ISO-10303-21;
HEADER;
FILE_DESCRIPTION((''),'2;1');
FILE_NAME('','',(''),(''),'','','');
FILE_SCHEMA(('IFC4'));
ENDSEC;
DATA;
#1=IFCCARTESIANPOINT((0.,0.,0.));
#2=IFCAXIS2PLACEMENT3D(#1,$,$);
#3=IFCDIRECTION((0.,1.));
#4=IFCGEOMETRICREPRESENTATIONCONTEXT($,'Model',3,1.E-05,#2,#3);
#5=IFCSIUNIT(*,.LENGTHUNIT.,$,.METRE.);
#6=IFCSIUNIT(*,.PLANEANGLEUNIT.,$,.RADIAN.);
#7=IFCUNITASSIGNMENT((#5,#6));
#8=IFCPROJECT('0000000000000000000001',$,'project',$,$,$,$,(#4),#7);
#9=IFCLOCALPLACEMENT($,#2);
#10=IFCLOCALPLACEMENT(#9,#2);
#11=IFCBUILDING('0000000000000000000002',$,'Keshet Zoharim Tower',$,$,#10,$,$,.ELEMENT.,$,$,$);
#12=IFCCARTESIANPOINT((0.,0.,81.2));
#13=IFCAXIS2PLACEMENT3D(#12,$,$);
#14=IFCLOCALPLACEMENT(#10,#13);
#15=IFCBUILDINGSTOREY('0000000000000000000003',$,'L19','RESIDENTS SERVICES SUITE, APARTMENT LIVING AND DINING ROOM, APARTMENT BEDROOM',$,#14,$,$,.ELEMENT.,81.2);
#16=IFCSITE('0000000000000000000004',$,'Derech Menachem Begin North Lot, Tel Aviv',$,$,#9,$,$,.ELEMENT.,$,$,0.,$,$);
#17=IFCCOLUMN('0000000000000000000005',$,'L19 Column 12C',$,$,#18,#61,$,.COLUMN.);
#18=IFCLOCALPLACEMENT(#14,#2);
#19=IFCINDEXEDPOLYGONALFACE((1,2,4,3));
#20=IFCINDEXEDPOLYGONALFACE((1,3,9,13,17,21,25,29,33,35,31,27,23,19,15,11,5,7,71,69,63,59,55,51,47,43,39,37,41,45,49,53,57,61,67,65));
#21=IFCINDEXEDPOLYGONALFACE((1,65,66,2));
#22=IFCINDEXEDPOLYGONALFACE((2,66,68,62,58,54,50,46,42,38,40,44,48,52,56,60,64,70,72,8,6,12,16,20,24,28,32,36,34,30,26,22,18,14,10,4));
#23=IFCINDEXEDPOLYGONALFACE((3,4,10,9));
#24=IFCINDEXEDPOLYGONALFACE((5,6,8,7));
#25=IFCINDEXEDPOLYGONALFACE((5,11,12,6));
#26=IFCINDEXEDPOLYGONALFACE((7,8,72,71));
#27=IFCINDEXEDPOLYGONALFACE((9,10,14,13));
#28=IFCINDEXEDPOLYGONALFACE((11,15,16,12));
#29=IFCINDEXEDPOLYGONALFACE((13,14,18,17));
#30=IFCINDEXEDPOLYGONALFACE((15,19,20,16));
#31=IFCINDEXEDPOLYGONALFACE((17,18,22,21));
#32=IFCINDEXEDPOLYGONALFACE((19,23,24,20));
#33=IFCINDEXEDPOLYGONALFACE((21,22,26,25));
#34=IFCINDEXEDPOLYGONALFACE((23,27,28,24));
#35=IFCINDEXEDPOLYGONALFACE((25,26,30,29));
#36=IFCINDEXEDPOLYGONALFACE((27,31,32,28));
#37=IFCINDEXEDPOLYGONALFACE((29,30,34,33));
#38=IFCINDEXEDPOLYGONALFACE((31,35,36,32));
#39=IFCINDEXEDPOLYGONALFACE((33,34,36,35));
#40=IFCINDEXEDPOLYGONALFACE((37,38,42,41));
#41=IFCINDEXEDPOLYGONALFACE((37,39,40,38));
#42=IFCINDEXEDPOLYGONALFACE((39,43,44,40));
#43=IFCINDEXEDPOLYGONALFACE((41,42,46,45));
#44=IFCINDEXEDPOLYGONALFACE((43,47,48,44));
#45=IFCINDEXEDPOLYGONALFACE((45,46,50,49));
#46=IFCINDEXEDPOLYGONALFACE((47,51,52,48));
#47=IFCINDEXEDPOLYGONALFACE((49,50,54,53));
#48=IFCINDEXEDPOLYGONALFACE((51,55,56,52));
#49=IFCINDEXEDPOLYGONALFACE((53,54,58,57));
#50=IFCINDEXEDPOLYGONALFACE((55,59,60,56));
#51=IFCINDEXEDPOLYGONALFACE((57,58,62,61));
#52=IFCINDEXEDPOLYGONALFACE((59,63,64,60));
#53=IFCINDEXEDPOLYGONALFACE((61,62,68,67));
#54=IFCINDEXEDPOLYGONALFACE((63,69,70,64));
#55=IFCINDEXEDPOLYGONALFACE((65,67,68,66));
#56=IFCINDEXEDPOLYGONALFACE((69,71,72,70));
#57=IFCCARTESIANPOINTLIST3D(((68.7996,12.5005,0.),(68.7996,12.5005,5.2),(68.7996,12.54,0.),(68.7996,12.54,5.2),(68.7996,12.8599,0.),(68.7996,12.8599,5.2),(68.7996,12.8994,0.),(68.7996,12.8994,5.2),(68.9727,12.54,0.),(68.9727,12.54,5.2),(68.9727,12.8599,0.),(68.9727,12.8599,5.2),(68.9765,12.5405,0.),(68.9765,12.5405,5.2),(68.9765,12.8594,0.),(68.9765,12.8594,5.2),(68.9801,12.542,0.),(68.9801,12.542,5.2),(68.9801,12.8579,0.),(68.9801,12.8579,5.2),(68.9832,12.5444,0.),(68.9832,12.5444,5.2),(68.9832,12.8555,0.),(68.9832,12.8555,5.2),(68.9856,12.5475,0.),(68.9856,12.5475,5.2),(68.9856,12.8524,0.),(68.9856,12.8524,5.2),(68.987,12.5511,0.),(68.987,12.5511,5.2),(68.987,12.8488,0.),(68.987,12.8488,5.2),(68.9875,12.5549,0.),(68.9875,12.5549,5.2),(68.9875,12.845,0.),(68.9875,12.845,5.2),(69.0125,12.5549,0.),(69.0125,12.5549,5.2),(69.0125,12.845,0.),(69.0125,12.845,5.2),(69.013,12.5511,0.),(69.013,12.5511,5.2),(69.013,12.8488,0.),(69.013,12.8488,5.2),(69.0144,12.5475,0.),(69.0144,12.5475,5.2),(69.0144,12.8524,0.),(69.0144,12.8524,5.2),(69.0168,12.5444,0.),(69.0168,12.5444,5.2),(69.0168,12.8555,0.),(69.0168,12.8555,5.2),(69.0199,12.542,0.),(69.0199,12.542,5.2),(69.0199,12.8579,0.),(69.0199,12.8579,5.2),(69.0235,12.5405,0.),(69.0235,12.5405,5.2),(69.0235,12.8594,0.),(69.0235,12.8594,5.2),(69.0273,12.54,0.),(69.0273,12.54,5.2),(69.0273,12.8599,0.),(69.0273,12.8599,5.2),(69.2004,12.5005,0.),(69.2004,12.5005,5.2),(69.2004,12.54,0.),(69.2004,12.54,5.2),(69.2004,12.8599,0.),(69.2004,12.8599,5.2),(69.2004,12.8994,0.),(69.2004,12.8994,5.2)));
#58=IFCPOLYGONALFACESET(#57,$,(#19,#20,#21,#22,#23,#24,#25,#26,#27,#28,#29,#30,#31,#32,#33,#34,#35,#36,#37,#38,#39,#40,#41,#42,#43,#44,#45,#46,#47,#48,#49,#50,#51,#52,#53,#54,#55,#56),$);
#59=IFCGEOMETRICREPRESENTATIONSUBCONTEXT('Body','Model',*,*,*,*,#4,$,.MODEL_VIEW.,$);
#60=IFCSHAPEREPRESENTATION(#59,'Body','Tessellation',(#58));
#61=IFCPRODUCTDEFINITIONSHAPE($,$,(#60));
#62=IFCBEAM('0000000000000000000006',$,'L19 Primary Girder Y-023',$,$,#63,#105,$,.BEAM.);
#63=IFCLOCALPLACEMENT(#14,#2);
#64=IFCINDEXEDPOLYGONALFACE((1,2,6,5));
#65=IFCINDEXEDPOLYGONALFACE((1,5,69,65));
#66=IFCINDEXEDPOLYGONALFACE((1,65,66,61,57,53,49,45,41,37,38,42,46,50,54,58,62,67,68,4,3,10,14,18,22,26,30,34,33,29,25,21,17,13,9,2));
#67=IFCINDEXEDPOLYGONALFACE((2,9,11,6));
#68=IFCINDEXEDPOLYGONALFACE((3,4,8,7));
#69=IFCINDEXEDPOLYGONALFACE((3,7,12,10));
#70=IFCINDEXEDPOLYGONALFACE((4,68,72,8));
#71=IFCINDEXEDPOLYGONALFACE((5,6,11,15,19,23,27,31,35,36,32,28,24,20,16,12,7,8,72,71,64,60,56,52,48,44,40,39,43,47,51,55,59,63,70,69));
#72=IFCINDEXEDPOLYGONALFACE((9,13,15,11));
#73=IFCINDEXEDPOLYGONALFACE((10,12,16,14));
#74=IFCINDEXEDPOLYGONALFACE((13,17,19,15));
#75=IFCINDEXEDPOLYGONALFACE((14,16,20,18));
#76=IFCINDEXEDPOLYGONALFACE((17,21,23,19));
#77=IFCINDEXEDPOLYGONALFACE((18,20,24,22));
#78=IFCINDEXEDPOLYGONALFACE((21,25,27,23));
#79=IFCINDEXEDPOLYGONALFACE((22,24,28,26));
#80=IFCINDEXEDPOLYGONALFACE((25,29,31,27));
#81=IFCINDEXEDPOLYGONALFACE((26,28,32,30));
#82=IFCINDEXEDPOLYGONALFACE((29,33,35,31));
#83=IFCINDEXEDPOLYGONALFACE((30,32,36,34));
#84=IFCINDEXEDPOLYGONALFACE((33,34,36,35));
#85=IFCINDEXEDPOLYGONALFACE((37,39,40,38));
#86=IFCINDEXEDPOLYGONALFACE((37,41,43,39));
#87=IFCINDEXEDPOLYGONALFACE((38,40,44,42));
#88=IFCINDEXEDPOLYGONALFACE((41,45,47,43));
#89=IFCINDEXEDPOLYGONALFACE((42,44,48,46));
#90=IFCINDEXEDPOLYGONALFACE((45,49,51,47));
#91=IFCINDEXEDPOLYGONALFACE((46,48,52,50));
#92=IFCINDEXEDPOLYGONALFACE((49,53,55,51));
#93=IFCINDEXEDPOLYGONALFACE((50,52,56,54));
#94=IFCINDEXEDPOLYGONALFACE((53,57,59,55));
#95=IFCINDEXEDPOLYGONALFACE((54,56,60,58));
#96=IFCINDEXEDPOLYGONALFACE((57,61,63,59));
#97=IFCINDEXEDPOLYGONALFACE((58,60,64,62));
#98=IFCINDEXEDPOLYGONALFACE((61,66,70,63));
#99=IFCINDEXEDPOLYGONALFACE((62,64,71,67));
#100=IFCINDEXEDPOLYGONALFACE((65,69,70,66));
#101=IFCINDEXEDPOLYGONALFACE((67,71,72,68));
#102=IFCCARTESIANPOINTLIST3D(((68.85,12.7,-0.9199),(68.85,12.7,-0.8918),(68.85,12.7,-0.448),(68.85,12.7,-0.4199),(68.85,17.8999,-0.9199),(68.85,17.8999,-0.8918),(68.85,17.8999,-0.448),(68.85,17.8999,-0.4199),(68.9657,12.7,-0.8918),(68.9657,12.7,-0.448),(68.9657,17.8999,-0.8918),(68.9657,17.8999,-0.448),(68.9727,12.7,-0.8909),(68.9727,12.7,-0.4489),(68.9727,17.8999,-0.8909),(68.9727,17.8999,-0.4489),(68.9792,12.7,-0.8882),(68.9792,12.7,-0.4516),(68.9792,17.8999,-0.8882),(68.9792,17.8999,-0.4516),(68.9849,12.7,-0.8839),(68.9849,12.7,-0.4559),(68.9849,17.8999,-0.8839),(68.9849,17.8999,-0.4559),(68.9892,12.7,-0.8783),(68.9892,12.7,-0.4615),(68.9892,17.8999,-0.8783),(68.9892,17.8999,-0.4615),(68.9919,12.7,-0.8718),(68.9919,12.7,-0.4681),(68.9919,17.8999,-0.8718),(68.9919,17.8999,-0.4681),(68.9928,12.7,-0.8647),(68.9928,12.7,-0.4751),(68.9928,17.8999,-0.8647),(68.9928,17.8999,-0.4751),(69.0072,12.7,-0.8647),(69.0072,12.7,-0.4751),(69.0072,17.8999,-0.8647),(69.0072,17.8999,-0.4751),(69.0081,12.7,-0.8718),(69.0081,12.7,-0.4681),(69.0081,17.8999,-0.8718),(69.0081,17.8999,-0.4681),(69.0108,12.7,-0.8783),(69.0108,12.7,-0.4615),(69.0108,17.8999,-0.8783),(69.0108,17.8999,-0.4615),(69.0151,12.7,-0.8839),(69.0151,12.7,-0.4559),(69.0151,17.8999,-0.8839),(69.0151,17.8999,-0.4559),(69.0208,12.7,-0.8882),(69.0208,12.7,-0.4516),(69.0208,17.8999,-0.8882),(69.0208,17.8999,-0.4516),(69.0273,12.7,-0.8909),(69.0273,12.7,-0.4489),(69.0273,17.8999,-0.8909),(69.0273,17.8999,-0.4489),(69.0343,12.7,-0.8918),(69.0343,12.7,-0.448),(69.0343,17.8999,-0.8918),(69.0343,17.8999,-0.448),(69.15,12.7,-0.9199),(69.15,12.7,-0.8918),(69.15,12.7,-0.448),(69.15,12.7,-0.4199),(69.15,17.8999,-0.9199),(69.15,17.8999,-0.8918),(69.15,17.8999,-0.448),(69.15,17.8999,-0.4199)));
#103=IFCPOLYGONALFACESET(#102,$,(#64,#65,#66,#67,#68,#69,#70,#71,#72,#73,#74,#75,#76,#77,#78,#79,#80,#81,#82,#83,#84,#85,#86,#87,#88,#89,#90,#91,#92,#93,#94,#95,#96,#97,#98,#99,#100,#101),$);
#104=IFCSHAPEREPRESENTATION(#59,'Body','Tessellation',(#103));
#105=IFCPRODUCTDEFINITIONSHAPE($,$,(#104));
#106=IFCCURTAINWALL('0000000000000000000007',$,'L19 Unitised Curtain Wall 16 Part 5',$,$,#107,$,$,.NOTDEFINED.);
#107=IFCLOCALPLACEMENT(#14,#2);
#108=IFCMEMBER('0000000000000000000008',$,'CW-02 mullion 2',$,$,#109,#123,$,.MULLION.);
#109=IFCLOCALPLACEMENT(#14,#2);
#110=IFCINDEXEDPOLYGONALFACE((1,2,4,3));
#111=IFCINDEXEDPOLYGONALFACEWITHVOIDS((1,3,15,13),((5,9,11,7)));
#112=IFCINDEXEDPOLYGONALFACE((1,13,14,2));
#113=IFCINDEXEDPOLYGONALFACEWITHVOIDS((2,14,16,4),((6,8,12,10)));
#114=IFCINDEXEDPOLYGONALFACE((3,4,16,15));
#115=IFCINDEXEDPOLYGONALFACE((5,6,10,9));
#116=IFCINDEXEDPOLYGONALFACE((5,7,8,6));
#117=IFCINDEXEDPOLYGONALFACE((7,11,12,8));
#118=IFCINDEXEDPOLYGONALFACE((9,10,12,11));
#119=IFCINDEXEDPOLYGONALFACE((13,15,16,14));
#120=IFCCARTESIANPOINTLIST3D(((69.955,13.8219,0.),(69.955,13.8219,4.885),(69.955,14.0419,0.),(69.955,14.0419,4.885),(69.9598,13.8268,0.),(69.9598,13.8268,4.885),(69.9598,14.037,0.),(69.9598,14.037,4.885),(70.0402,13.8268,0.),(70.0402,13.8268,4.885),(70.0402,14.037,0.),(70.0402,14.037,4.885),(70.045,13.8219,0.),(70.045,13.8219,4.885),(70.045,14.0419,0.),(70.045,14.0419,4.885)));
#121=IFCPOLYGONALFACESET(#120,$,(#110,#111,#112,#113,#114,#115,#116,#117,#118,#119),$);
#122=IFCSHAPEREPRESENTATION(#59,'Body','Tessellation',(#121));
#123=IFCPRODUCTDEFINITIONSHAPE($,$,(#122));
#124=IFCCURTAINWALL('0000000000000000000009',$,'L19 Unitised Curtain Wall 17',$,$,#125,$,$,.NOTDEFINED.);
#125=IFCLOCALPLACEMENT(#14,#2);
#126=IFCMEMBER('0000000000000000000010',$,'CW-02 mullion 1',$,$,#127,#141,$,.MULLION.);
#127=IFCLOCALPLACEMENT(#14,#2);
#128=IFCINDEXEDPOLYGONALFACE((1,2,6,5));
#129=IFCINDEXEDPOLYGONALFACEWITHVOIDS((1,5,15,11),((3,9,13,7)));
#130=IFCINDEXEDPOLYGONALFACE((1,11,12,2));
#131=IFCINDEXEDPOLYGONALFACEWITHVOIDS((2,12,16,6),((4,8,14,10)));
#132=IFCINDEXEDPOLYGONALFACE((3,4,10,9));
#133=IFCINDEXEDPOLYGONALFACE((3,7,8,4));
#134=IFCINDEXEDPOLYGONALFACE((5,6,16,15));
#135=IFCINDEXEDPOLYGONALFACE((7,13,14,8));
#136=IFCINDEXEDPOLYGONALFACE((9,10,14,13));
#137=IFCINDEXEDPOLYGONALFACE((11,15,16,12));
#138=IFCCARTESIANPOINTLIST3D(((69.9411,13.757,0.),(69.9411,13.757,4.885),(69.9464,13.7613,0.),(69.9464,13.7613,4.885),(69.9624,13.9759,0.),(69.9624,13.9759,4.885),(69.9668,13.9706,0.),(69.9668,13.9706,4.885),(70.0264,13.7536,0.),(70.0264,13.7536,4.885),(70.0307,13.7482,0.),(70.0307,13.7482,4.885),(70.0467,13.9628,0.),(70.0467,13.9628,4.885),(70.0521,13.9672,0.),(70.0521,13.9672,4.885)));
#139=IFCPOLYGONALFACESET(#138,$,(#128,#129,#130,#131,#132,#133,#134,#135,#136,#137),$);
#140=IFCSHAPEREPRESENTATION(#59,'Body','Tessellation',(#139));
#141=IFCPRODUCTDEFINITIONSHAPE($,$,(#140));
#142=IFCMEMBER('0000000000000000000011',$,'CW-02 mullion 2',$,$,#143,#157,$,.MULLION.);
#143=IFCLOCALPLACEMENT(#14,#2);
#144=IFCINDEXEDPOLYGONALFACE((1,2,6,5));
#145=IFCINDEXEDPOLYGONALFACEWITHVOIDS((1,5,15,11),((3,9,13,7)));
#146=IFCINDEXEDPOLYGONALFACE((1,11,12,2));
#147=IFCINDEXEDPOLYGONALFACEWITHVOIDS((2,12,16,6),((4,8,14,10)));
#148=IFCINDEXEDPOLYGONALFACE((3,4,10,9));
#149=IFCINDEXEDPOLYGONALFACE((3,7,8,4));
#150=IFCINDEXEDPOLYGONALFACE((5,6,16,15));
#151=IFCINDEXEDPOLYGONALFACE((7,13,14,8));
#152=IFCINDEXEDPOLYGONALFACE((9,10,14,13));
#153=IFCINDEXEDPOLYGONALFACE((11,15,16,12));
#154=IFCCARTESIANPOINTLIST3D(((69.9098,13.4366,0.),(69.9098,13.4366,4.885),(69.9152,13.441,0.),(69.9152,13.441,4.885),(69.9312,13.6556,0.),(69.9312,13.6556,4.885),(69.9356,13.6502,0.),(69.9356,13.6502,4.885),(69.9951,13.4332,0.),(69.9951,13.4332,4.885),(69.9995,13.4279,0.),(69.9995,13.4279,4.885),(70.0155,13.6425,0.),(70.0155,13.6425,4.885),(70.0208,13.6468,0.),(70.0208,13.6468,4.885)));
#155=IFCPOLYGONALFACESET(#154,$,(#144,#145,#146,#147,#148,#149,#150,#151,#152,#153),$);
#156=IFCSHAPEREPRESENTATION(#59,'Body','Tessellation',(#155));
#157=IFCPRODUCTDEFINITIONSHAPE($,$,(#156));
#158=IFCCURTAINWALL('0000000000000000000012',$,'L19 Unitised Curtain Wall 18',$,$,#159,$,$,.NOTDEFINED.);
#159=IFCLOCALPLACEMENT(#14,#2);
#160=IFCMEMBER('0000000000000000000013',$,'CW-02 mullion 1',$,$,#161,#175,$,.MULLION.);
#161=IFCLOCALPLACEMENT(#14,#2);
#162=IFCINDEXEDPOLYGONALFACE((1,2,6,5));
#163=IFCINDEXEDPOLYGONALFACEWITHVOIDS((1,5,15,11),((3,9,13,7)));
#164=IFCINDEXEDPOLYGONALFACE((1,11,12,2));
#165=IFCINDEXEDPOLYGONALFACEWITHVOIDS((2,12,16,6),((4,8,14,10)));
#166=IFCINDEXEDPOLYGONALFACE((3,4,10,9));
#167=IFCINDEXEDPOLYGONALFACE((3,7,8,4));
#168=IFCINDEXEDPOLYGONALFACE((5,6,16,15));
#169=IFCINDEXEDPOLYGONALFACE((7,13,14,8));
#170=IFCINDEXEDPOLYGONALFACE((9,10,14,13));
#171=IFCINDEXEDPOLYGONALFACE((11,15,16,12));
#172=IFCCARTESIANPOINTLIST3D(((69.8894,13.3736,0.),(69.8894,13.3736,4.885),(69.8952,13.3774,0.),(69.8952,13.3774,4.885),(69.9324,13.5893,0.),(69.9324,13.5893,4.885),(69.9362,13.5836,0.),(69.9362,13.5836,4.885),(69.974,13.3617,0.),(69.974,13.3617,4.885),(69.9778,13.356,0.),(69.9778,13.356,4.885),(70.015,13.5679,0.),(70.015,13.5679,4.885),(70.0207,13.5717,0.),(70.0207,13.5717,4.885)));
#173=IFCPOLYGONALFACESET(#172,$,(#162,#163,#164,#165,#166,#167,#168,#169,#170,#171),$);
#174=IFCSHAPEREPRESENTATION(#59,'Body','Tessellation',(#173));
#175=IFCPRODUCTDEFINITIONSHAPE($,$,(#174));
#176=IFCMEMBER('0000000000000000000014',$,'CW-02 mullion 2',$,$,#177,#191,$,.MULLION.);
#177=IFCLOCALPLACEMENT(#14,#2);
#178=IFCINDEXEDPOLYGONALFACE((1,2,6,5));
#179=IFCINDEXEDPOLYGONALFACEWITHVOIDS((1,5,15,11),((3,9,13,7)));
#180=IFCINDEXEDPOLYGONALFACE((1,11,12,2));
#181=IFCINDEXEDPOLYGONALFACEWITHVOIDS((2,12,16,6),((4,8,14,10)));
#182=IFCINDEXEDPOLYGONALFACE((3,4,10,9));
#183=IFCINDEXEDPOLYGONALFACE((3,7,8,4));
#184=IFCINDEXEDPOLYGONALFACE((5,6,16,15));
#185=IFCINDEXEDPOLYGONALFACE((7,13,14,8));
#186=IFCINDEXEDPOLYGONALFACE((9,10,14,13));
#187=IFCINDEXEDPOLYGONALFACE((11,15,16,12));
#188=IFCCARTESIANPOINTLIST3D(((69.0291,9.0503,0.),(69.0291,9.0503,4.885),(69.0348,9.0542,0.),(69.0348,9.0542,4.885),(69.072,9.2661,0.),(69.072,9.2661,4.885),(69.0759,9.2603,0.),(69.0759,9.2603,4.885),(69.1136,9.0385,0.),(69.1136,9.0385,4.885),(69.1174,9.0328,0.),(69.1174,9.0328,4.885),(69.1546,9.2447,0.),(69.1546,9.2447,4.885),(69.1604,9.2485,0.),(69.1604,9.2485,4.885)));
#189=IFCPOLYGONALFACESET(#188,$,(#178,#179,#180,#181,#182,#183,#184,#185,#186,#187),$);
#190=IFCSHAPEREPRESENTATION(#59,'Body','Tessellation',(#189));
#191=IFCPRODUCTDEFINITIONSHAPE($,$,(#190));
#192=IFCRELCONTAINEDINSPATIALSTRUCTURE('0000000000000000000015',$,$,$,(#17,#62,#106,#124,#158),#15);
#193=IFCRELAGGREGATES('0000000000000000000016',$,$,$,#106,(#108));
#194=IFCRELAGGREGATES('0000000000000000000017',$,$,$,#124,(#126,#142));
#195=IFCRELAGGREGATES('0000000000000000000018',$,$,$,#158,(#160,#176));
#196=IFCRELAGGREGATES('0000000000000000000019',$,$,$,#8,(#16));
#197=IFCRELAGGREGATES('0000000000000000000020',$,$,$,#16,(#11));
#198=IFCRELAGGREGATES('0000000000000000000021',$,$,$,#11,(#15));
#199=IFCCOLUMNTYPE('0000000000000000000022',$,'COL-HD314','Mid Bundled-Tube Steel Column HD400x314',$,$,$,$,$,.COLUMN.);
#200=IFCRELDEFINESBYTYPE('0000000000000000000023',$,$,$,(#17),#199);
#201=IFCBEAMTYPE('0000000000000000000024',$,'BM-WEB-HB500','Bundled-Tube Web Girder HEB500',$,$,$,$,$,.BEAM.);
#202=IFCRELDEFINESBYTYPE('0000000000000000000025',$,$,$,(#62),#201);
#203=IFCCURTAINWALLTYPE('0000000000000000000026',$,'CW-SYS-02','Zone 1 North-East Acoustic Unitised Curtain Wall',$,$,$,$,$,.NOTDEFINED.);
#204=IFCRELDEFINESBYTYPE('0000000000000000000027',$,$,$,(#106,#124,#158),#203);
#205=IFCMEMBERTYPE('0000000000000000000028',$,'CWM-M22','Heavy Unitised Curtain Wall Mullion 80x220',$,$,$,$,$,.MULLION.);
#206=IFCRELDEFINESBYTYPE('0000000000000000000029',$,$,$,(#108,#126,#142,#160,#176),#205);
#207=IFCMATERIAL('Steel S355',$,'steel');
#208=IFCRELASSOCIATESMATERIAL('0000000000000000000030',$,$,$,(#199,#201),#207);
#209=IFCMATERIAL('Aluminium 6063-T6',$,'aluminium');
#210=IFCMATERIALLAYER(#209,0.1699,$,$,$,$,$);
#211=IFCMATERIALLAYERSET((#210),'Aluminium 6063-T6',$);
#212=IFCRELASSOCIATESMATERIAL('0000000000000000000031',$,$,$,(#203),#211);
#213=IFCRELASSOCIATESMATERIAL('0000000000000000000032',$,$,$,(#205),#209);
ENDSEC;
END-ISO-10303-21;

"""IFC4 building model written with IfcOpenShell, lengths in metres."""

from ifc_helpers import new_model, si_unit, direction, frame, origin, origin_2d, place, context, subcontext, project, spatial, hollow_rectangle, i_section, extrude, material, layer, layer_set, material_profile, profile_set, type_object, element, aggregate, save


model = new_model("IFC4")

# Units and contexts
model_context = context("Model", 3, precision=1e-05, world=origin(), true_north=direction((0.0, 1.0)))
body_context = subcontext(model_context, "Body", "Model", "MODEL_VIEW")
ifc_project = project(units=[si_unit("LENGTHUNIT", "METRE"), si_unit("PLANEANGLEUNIT", "RADIAN")], contexts=[model_context])

# Site, building, storey
site_placement = place(None, origin())
site = spatial("IfcSite", under=ifc_project, at=site_placement, Name="Derech Menachem Begin North Lot, Tel Aviv", CompositionType="ELEMENT", RefElevation=0.0)
building_placement = place(site_placement, origin())
building = spatial("IfcBuilding", under=site, at=building_placement, Name="Keshet Zoharim Tower", CompositionType="ELEMENT")
storey_placement = place(building_placement, frame((0.0, 0.0, 81.2)))
storey = spatial("IfcBuildingStorey", under=building, at=storey_placement, Name="L19", Description="RESIDENTS SERVICES SUITE, APARTMENT LIVING AND DINING ROOM, APARTMENT BEDROOM", CompositionType="ELEMENT", Elevation=81.2)

# Column
ifc_material_1 = material(Name="Steel S355", Category="steel")
ifc_material_profile_1 = material_profile(ifc_material_1, i_section(OverallWidth=0.4009, OverallDepth=0.3989, WebThickness=0.0249, FlangeThickness=0.0396, FilletRadius=0.0149, at=origin_2d()), Name="HD400x314")
ifc_profile_set_1 = profile_set([ifc_material_profile_1], Name="Steel S355")
column_type = type_object("IfcColumnType", Name="COL-HD314", Description="Mid Bundled-Tube Steel Column HD400x314", PredefinedType="COLUMN", material=ifc_profile_set_1)
column_placement = place(storey_placement, frame((69.0, 12.7, 0.0), z_axis=(0.0, 0.0, 1.0), x_axis=(1.0, 0.0, 0.0)))
element("IfcColumn", 1, at=column_placement, inside=storey, type_object=column_type, Name="L19 Column 12C", PredefinedType="COLUMN", context=body_context, shape_type="SweptSolid", body=[
    extrude(i_section(OverallWidth=0.4009, OverallDepth=0.3989, WebThickness=0.0249, FlangeThickness=0.0396, FilletRadius=0.0149, at=origin_2d()), origin(), (0.0, 0.0, 1.0), 5.2),
])

# Beam
ifc_material_profile_2 = material_profile(ifc_material_1, i_section(OverallWidth=0.3, OverallDepth=0.5, WebThickness=0.0144, FlangeThickness=0.0281, FilletRadius=0.0271, at=origin_2d()), Name="HEB500")
ifc_profile_set_2 = profile_set([ifc_material_profile_2], Name="Steel S355")
beam_type = type_object("IfcBeamType", Name="BM-WEB-HB500", Description="Bundled-Tube Web Girder HEB500", PredefinedType="BEAM", material=ifc_profile_set_2)
beam_placement = place(storey_placement, frame((69.0, 12.7, -0.6699), z_axis=(0.0, 1.0, 0.0), x_axis=(-1.0, 0.0, 0.0)))
element("IfcBeam", 2, at=beam_placement, inside=storey, type_object=beam_type, Name="L19 Primary Girder Y-023", PredefinedType="BEAM", context=body_context, shape_type="SweptSolid", body=[
    extrude(i_section(OverallWidth=0.3, OverallDepth=0.5, WebThickness=0.0144, FlangeThickness=0.0281, FilletRadius=0.0271, at=origin_2d()), origin(), (0.0, 0.0, 1.0), 5.2),
])

# Curtain wall, member
ifc_material_2 = material(Name="Aluminium 6063-T6", Category="aluminium")
ifc_layer_1 = layer(ifc_material_2, 0.1699)
ifc_layer_set_1 = layer_set([ifc_layer_1], Name="Aluminium 6063-T6")
curtain_wall_type_1 = type_object("IfcCurtainWallType", Name="CW-SYS-02", Description="Zone 1 North-East Acoustic Unitised Curtain Wall", PredefinedType="NOTDEFINED", material=ifc_layer_set_1)
curtain_wall_1_placement = place(storey_placement, origin())
curtain_wall_1 = element("IfcCurtainWall", 3, at=curtain_wall_1_placement, inside=storey, type_object=curtain_wall_type_1, Name="L19 Unitised Curtain Wall 16 Part 5", PredefinedType="NOTDEFINED")
ifc_material_profile_3 = material_profile(ifc_material_2, hollow_rectangle(XDim=0.0901, YDim=0.22, WallThickness=0.0049, at=origin_2d()), Name="MUL-90x220")
ifc_profile_set_3 = profile_set([ifc_material_profile_3], Name="Aluminium 6063-T6")
member_type_1 = type_object("IfcMemberType", Name="CWM-M22", Description="Heavy Unitised Curtain Wall Mullion 80x220", PredefinedType="MULLION", material=ifc_profile_set_3)
member_1_placement = place(storey_placement, frame((70.0, 13.9319, 0.0), z_axis=(0.0, 0.0, 1.0), x_axis=(1.0, 0.0, 0.0)))
member_1 = element("IfcMember", 4, at=member_1_placement, type_object=member_type_1, Name="CW-02 mullion 2", PredefinedType="MULLION", context=body_context, shape_type="SweptSolid", body=[
    extrude(hollow_rectangle(XDim=0.0901, YDim=0.22, WallThickness=0.0049, at=origin_2d()), origin(), (0.0, 0.0, 1.0), 4.885),
])
aggregate(curtain_wall_1, [member_1])

# Curtain walls, members
curtain_wall_2_placement = place(storey_placement, origin())
curtain_wall_2 = element("IfcCurtainWall", 5, at=curtain_wall_2_placement, inside=storey, type_object=curtain_wall_type_1, Name="L19 Unitised Curtain Wall 17", PredefinedType="NOTDEFINED")
member_2_placement = place(storey_placement, frame((69.9966, 13.8621, 0.0), z_axis=(0.0, 0.0, 1.0), x_axis=(0.995287, -0.096977, 0.0)))
member_2 = element("IfcMember", 6, at=member_2_placement, type_object=member_type_1, Name="CW-02 mullion 1", PredefinedType="MULLION", context=body_context, shape_type="SweptSolid", body=[
    extrude(hollow_rectangle(XDim=0.0901, YDim=0.22, WallThickness=0.0049, at=origin_2d()), origin(), (0.0, 0.0, 1.0), 4.885),
])
member_3_placement = place(storey_placement, frame((69.9653, 13.5417, 0.0), z_axis=(0.0, 0.0, 1.0), x_axis=(0.995287, -0.096977, 0.0)))
member_3 = element("IfcMember", 7, at=member_3_placement, type_object=member_type_1, Name="CW-02 mullion 2", PredefinedType="MULLION", context=body_context, shape_type="SweptSolid", body=[
    extrude(hollow_rectangle(XDim=0.0901, YDim=0.22, WallThickness=0.0049, at=origin_2d()), origin(), (0.0, 0.0, 1.0), 4.885),
])
curtain_wall_3_placement = place(storey_placement, origin())
curtain_wall_3 = element("IfcCurtainWall", 8, at=curtain_wall_3_placement, inside=storey, type_object=curtain_wall_type_1, Name="L19 Unitised Curtain Wall 18", PredefinedType="NOTDEFINED")
member_4_placement = place(storey_placement, frame((69.9551, 13.4727, 0.0), z_axis=(0.0, 0.0, 1.0), x_axis=(0.980769, -0.195171, 0.0)))
member_4 = element("IfcMember", 9, at=member_4_placement, type_object=member_type_1, Name="CW-02 mullion 1", PredefinedType="MULLION", context=body_context, shape_type="SweptSolid", body=[
    extrude(hollow_rectangle(XDim=0.0901, YDim=0.22, WallThickness=0.0049, at=origin_2d()), origin(), (0.0, 0.0, 1.0), 4.885),
])
member_5_placement = place(storey_placement, frame((69.0947, 9.1494, 0.0), z_axis=(0.0, 0.0, 1.0), x_axis=(0.980769, -0.195171, 0.0)))
member_5 = element("IfcMember", 10, at=member_5_placement, type_object=member_type_1, Name="CW-02 mullion 2", PredefinedType="MULLION", context=body_context, shape_type="SweptSolid", body=[
    extrude(hollow_rectangle(XDim=0.0901, YDim=0.22, WallThickness=0.0049, at=origin_2d()), origin(), (0.0, 0.0, 1.0), 4.885),
])

aggregate(curtain_wall_2, [member_2, member_3])
aggregate(curtain_wall_3, [member_4, member_5])

save(model, "model.ifc")
